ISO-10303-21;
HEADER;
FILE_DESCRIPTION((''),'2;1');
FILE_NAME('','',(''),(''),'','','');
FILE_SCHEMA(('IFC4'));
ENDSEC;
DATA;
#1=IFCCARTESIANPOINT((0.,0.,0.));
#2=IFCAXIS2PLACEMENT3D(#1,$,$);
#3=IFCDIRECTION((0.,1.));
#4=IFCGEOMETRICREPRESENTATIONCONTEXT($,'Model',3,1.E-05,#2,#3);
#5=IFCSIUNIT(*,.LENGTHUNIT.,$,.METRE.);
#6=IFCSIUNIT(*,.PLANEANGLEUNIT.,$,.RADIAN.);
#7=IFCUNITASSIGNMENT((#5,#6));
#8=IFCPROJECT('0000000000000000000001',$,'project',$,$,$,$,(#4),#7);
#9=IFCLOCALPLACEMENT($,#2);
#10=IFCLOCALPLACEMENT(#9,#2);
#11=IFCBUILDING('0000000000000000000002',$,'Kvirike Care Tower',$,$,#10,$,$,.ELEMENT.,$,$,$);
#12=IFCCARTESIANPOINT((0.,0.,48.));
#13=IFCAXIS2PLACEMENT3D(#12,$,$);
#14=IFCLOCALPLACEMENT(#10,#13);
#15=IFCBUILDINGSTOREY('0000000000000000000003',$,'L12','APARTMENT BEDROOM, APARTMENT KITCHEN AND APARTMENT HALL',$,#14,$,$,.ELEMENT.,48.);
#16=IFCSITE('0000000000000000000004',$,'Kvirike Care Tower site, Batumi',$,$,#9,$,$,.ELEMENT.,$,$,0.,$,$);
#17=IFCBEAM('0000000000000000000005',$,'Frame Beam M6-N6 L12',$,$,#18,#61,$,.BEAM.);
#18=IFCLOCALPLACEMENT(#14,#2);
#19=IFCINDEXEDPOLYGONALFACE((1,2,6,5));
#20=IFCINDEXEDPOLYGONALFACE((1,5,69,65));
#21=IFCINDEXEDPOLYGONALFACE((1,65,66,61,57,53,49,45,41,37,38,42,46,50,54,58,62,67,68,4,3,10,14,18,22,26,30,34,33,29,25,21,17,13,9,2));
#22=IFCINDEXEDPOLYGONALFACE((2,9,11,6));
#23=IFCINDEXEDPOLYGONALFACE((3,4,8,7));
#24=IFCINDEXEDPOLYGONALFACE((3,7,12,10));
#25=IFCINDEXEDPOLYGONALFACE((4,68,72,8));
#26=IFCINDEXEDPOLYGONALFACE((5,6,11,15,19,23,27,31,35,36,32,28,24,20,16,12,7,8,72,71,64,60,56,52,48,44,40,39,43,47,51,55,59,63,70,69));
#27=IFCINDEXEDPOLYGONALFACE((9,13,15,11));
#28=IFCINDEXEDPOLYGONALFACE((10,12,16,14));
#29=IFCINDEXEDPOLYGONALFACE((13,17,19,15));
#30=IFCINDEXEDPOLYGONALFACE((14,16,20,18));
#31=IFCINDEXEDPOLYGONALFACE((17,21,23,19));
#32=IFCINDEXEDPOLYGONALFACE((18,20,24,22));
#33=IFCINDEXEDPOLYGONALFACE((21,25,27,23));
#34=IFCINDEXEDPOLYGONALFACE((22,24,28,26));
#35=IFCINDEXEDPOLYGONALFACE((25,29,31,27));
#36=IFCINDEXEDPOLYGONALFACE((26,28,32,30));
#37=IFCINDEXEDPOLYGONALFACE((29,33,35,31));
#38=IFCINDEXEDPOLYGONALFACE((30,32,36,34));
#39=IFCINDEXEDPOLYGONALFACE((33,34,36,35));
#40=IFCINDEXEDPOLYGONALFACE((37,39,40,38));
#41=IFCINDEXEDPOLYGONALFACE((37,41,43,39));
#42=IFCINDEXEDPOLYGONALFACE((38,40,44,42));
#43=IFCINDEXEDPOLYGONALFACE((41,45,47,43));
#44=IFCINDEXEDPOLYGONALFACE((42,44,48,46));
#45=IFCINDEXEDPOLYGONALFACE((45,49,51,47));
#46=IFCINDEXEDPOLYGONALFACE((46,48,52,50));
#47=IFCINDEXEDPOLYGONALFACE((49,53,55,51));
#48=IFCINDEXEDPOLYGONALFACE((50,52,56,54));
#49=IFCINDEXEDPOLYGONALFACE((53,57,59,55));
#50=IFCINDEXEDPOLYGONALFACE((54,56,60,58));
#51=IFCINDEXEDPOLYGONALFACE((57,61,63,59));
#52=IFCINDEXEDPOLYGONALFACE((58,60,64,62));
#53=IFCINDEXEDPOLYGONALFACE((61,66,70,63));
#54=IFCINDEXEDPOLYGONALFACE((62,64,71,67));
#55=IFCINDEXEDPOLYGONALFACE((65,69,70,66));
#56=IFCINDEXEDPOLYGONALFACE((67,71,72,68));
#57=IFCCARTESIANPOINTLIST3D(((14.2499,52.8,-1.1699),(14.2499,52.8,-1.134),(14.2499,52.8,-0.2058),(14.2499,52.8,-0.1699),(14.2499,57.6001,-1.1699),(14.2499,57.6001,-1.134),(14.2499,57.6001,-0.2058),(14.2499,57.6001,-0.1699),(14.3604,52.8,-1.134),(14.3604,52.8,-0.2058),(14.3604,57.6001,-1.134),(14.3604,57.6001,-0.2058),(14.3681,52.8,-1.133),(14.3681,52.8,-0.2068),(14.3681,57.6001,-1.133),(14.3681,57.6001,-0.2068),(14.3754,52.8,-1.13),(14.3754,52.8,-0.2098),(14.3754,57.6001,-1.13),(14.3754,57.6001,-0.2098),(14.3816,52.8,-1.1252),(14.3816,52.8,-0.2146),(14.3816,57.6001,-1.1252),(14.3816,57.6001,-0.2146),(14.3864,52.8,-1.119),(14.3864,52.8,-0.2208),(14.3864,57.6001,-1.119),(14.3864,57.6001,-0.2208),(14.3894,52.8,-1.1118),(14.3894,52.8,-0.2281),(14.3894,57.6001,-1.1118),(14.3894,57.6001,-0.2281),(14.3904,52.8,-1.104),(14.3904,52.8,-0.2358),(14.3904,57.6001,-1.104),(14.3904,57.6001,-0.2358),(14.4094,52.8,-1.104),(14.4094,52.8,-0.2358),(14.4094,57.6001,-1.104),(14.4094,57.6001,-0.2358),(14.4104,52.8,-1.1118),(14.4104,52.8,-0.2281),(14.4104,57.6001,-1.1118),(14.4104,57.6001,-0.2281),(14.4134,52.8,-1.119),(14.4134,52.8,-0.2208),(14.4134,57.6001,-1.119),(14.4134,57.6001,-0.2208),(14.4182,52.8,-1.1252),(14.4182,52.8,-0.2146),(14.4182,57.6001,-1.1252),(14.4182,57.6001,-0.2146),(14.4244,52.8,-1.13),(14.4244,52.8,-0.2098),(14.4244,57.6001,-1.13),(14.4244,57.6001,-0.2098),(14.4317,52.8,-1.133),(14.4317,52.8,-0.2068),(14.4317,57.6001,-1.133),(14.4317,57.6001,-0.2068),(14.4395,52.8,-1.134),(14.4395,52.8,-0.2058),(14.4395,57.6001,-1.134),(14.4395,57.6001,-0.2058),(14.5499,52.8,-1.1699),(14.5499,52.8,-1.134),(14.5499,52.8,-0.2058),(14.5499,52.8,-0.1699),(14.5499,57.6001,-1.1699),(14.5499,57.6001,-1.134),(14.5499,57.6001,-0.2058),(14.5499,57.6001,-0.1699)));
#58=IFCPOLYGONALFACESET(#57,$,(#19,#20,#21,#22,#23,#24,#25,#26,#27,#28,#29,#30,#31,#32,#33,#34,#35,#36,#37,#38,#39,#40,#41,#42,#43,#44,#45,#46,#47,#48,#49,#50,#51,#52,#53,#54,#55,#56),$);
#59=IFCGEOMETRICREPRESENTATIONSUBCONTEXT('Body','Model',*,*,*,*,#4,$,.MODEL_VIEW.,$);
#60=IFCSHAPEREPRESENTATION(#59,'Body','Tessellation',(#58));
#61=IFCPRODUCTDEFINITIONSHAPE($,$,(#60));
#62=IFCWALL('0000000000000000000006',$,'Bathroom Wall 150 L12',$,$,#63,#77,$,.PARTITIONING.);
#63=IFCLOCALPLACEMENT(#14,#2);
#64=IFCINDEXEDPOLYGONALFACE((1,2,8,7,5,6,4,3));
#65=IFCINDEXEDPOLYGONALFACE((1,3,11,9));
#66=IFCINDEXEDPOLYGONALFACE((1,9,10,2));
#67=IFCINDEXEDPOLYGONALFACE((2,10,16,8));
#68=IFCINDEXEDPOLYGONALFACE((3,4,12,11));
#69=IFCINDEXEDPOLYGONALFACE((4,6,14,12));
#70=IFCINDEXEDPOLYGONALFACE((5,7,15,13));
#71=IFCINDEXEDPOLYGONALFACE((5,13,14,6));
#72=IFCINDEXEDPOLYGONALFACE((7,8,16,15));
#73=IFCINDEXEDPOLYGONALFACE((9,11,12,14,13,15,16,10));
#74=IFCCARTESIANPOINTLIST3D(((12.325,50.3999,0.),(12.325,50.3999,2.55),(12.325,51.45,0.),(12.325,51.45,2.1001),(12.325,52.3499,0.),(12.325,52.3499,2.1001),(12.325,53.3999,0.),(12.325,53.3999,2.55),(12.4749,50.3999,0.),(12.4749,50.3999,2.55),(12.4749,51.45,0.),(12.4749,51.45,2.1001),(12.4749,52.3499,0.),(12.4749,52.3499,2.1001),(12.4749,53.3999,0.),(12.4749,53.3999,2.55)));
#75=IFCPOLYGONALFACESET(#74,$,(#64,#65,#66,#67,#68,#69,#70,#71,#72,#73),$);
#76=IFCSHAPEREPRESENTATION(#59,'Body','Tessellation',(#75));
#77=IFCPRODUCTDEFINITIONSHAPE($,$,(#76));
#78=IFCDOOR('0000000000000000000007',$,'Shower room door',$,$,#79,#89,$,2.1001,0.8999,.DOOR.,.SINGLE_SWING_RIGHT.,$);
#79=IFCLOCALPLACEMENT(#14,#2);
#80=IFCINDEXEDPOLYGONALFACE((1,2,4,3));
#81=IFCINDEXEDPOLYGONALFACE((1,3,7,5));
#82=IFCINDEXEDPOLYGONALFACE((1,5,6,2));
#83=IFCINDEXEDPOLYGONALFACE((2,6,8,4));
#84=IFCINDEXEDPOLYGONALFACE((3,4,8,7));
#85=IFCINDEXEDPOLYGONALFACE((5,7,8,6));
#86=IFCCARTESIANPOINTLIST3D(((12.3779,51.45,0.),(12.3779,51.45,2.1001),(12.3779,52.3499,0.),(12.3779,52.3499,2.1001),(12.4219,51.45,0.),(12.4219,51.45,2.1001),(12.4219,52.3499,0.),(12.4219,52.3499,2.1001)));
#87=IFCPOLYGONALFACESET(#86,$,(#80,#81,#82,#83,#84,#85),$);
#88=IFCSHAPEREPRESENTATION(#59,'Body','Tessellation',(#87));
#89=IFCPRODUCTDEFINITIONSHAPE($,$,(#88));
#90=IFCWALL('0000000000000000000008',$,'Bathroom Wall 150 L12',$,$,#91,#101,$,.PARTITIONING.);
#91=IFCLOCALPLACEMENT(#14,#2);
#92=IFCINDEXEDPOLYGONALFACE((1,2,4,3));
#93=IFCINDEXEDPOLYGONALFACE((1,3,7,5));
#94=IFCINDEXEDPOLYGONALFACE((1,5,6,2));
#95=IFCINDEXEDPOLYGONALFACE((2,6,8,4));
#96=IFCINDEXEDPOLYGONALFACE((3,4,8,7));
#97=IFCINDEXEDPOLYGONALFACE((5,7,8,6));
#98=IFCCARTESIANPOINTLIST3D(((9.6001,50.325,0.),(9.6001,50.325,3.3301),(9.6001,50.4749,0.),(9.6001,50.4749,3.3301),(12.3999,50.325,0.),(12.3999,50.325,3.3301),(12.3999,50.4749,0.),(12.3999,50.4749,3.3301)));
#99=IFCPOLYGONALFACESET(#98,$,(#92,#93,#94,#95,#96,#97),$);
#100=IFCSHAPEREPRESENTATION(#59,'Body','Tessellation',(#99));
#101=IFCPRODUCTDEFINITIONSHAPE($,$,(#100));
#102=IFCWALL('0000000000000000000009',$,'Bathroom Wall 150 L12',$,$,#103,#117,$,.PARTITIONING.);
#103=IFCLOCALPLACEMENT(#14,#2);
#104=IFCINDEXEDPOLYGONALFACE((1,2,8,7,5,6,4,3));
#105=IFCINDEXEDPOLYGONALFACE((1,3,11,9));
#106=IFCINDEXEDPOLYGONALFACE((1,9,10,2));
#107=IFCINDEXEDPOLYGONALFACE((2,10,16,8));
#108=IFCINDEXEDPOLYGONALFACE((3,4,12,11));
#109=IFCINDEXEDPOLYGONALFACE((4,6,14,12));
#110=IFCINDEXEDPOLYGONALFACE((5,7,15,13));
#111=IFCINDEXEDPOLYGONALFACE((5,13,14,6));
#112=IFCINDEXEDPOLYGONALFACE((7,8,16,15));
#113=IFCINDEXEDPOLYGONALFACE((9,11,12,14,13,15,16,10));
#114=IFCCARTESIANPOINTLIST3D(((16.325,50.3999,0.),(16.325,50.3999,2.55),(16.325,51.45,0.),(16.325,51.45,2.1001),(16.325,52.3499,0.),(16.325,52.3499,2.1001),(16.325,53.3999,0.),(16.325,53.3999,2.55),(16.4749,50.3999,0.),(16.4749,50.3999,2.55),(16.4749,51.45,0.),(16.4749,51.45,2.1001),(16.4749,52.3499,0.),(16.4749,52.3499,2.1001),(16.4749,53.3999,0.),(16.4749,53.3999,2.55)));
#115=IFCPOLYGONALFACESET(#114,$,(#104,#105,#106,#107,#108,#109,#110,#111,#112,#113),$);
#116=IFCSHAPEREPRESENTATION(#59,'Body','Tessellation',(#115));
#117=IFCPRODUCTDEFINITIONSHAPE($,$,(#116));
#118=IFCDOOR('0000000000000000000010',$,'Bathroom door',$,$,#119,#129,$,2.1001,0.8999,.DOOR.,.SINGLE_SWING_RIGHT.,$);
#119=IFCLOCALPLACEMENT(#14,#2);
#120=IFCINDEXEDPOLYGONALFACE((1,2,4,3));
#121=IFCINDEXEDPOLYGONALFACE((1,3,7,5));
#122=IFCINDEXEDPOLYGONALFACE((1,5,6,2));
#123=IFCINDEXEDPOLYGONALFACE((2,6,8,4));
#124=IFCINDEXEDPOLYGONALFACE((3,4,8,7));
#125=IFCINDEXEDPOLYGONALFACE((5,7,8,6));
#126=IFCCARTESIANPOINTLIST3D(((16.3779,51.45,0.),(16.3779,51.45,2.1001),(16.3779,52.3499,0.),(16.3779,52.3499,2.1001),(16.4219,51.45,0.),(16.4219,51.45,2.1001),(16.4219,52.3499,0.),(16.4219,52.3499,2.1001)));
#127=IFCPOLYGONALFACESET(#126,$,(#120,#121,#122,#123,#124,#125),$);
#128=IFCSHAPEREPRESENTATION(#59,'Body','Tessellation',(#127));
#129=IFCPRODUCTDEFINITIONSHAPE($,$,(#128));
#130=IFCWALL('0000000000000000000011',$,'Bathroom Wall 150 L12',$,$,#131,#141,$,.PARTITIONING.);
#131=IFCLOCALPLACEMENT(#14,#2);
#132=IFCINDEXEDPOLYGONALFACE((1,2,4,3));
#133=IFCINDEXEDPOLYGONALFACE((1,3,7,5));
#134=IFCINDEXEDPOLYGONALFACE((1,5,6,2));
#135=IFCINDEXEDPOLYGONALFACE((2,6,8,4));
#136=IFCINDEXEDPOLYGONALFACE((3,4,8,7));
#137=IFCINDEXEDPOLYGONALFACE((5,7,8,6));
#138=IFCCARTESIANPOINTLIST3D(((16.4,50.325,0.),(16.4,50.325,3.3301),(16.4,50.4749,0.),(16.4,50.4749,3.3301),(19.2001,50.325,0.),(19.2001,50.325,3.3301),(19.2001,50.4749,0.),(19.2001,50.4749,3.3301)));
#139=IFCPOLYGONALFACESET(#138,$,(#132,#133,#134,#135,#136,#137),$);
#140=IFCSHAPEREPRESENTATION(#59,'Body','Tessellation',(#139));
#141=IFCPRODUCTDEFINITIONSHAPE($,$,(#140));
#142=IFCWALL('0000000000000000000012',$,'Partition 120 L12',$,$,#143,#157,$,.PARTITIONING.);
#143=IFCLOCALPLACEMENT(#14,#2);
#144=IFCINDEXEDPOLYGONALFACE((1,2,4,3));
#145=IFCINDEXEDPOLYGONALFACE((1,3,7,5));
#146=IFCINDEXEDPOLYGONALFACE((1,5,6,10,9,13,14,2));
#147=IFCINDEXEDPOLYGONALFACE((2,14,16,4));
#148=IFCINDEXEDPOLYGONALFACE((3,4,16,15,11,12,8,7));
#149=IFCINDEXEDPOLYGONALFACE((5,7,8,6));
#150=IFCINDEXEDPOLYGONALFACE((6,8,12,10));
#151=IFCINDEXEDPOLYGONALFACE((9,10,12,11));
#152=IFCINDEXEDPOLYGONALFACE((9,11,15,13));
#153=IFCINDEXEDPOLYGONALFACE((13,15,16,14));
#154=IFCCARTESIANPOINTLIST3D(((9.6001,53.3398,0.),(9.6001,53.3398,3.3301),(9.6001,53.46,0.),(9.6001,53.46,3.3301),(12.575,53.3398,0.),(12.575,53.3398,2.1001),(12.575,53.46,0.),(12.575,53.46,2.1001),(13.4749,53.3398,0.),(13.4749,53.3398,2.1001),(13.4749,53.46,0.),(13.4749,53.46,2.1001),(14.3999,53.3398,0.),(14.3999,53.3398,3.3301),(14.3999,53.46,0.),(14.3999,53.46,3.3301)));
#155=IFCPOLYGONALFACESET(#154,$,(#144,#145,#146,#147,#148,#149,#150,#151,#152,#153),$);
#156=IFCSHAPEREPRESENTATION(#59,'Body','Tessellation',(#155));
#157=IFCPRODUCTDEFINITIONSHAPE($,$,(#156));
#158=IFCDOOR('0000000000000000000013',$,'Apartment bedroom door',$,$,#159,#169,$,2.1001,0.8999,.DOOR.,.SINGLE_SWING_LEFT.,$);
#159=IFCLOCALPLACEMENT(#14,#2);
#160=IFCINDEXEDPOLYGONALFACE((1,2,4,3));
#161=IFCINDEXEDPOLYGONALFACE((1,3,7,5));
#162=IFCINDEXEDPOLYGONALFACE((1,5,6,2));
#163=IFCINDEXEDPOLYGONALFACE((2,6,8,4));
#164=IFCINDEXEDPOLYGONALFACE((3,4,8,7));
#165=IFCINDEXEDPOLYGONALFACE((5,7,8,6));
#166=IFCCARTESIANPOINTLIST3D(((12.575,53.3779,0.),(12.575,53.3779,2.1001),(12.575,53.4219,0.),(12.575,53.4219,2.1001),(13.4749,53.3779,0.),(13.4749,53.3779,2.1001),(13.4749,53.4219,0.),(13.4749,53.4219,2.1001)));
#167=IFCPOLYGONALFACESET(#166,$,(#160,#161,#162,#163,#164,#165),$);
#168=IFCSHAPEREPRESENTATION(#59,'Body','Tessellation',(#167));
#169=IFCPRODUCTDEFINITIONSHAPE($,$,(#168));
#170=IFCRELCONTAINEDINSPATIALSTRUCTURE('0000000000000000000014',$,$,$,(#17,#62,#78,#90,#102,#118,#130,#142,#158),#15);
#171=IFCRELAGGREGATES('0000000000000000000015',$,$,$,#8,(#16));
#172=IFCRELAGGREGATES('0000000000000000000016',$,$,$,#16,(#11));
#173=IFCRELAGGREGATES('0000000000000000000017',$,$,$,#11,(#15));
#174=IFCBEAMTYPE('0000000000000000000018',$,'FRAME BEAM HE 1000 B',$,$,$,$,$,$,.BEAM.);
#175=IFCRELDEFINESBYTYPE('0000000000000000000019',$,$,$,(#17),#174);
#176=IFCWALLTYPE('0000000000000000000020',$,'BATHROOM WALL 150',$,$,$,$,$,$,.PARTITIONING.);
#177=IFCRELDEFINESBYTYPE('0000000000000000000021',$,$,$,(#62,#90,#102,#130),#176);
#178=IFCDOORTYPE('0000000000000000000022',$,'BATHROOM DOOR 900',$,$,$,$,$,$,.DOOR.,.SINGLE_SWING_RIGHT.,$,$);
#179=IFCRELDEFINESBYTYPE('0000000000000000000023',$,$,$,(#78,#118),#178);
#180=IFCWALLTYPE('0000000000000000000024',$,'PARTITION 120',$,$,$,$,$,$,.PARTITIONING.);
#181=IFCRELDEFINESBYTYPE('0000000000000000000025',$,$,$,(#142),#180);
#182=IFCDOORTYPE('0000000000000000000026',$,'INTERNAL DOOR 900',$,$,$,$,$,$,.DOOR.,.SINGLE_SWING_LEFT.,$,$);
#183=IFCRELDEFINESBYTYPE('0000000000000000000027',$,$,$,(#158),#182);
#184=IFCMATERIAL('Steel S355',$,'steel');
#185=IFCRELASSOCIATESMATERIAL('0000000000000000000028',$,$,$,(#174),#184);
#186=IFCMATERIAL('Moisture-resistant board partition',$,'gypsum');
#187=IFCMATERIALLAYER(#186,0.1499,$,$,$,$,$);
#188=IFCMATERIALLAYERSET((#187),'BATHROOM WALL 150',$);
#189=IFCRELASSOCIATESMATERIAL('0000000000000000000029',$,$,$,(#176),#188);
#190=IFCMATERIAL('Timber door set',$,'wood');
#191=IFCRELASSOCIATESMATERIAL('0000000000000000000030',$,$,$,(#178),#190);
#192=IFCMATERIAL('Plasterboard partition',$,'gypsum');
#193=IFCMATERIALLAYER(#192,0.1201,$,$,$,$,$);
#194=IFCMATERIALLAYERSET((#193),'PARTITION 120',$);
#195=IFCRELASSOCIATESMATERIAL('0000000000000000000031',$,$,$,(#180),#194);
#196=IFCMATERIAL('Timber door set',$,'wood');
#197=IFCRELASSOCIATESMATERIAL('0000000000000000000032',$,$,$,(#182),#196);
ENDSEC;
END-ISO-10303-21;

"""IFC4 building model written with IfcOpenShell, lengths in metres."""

from ifc_helpers import new_model, si_unit, direction, frame, frame_2d, origin, origin_2d, place, context, subcontext, project, spatial, rectangle, i_section, extrude, material, layer, layer_set, material_profile, profile_set, type_object, element, fill, save


model = new_model("IFC4")

# Units and contexts
model_context = context("Model", 3, precision=1e-05, world=origin(), true_north=direction((0.0, 1.0)))
body_context = subcontext(model_context, "Body", "Model", "MODEL_VIEW")
ifc_project = project(units=[si_unit("LENGTHUNIT", "METRE"), si_unit("PLANEANGLEUNIT", "RADIAN")], contexts=[model_context])

# Site, building, storey
site_placement = place(None, origin())
site = spatial("IfcSite", under=ifc_project, at=site_placement, Name="Kvirike Care Tower site, Batumi", CompositionType="ELEMENT", RefElevation=0.0)
building_placement = place(site_placement, origin())
building = spatial("IfcBuilding", under=site, at=building_placement, Name="Kvirike Care Tower", CompositionType="ELEMENT")
storey_placement = place(building_placement, frame((0.0, 0.0, 48.0)))
storey = spatial("IfcBuildingStorey", under=building, at=storey_placement, Name="L12", Description="APARTMENT BEDROOM, APARTMENT KITCHEN AND APARTMENT HALL", CompositionType="ELEMENT", Elevation=48.0)

# Beam
ifc_material_1 = material(Name="Steel S355", Category="steel")
ifc_material_profile_1 = material_profile(ifc_material_1, i_section(OverallWidth=0.3, OverallDepth=1.0, WebThickness=0.019, FlangeThickness=0.0359, FilletRadius=0.03, at=origin_2d()), Name="HE 1000 B")
ifc_profile_set_1 = profile_set([ifc_material_profile_1], Name="Steel S355")
beam_type_1 = type_object("IfcBeamType", Name="FRAME BEAM HE 1000 B", PredefinedType="BEAM", material=ifc_profile_set_1)
for number, where, z_axis, x_axis, name in (
    (1, (14.3999, 52.8, -0.6699), (0.0, 1.0, 0.0), (-1.0, 0.0, 0.0), "Frame Beam M6-N6 L12"),
):
    element("IfcBeam", number, at=place(storey_placement, frame(where, z_axis=z_axis, x_axis=x_axis)), inside=storey, type_object=beam_type_1, Name=name, PredefinedType="BEAM", context=body_context, shape_type="SweptSolid", body=[
        extrude(i_section(OverallWidth=0.3, OverallDepth=1.0, WebThickness=0.019, FlangeThickness=0.0359, FilletRadius=0.03, at=origin_2d()), origin(), (0.0, 0.0, 1.0), 4.8),
    ])

# Wall, opening, door
ifc_material_2 = material(Name="Moisture-resistant board partition", Category="gypsum")
ifc_layer_1 = layer(ifc_material_2, 0.1499)
ifc_layer_set_1 = layer_set([ifc_layer_1], Name="BATHROOM WALL 150")
wall_type_1 = type_object("IfcWallType", Name="BATHROOM WALL 150", PredefinedType="PARTITIONING", material=ifc_layer_set_1)
wall_1_placement = place(storey_placement, frame((12.3999, 53.3999, 0.0), z_axis=(0.0, 0.0, 1.0), x_axis=(0.0, -1.0, 0.0)))
wall_1 = element("IfcWall", 2, at=wall_1_placement, inside=storey, type_object=wall_type_1, Name="Bathroom Wall 150 L12", PredefinedType="PARTITIONING", context=body_context, shape_type="SweptSolid", body=[
    extrude(rectangle(XDim=3.0, YDim=0.1499, at=frame_2d((1.5, 0.0))), origin(), (0.0, 0.0, 1.0), 2.55),
])
opening_1_placement = place(wall_1_placement, frame((1.05, 0.0, 0.0)))
opening_1 = element("IfcOpeningElement", 3, at=opening_1_placement, cuts=wall_1, PredefinedType="OPENING", context=body_context, shape_type="SweptSolid", body=[
    extrude(rectangle(XDim=0.8999, YDim=2.1001, at=frame_2d((0.45, 1.05))), frame((0.0, 0.0854, 0.0), z_axis=(0.0, -1.0, 0.0), x_axis=(1.0, 0.0, 0.0)), (0.0, 0.0, 1.0), 0.1709),
])
ifc_material_3 = material(Name="Timber door set", Category="wood")
door_type_1 = type_object("IfcDoorType", Name="BATHROOM DOOR 900", OperationType="SINGLE_SWING_RIGHT", PredefinedType="DOOR", material=ifc_material_3)
door_1_placement = place(opening_1_placement, frame((0.8999, 0.0, 0.0), z_axis=(0.0, 0.0, 1.0), x_axis=(-1.0, 0.0, 0.0)))
door_1 = element("IfcDoor", 4, at=door_1_placement, inside=storey, type_object=door_type_1, Name="Shower room door", OperationType="SINGLE_SWING_RIGHT", OverallHeight=2.1001, OverallWidth=0.8999, PredefinedType="DOOR", context=body_context, shape_type="SweptSolid", body=[
    extrude(rectangle(XDim=0.8999, YDim=2.1001, at=frame_2d((0.45, 1.05))), frame((0.0, 0.022, 0.0), z_axis=(0.0, -1.0, 0.0), x_axis=(1.0, 0.0, 0.0)), (0.0, 0.0, 1.0), 0.0439),
])
fill(opening_1, door_1)

# Wall
wall_2_placement = place(storey_placement, frame((12.3999, 50.3999, 0.0), z_axis=(0.0, 0.0, 1.0), x_axis=(-1.0, 0.0, 0.0)))
element("IfcWall", 5, at=wall_2_placement, inside=storey, type_object=wall_type_1, Name="Bathroom Wall 150 L12", PredefinedType="PARTITIONING", context=body_context, shape_type="SweptSolid", body=[
    extrude(rectangle(XDim=2.7998, YDim=0.1499, at=frame_2d((1.3999, 0.0))), origin(), (0.0, 0.0, 1.0), 3.3301),
])

# Wall, opening, door
wall_3_placement = place(storey_placement, frame((16.3999, 53.3999, 0.0), z_axis=(0.0, 0.0, 1.0), x_axis=(0.0, -1.0, 0.0)))
wall_3 = element("IfcWall", 6, at=wall_3_placement, inside=storey, type_object=wall_type_1, Name="Bathroom Wall 150 L12", PredefinedType="PARTITIONING", context=body_context, shape_type="SweptSolid", body=[
    extrude(rectangle(XDim=3.0, YDim=0.1499, at=frame_2d((1.5, 0.0))), origin(), (0.0, 0.0, 1.0), 2.55),
])
opening_2_placement = place(wall_3_placement, frame((1.05, 0.0, 0.0)))
opening_2 = element("IfcOpeningElement", 7, at=opening_2_placement, cuts=wall_3, PredefinedType="OPENING", context=body_context, shape_type="SweptSolid", body=[
    extrude(rectangle(XDim=0.8999, YDim=2.1001, at=frame_2d((0.45, 1.05))), frame((0.0, 0.0854, 0.0), z_axis=(0.0, -1.0, 0.0), x_axis=(1.0, 0.0, 0.0)), (0.0, 0.0, 1.0), 0.1709),
])
door_2_placement = place(opening_2_placement, origin())
door_2 = element("IfcDoor", 8, at=door_2_placement, inside=storey, type_object=door_type_1, Name="Bathroom door", OperationType="SINGLE_SWING_RIGHT", OverallHeight=2.1001, OverallWidth=0.8999, PredefinedType="DOOR", context=body_context, shape_type="SweptSolid", body=[
    extrude(rectangle(XDim=0.8999, YDim=2.1001, at=frame_2d((0.45, 1.05))), frame((0.0, 0.022, 0.0), z_axis=(0.0, -1.0, 0.0), x_axis=(1.0, 0.0, 0.0)), (0.0, 0.0, 1.0), 0.0439),
])
fill(opening_2, door_2)

# Wall
wall_4_placement = place(storey_placement, frame((19.2, 50.3999, 0.0), z_axis=(0.0, 0.0, 1.0), x_axis=(-1.0, 0.0, 0.0)))
element("IfcWall", 9, at=wall_4_placement, inside=storey, type_object=wall_type_1, Name="Bathroom Wall 150 L12", PredefinedType="PARTITIONING", context=body_context, shape_type="SweptSolid", body=[
    extrude(rectangle(XDim=2.8, YDim=0.1499, at=frame_2d((1.3999, 0.0))), origin(), (0.0, 0.0, 1.0), 3.3301),
])

# Wall, opening, door
ifc_material_4 = material(Name="Plasterboard partition", Category="gypsum")
ifc_layer_2 = layer(ifc_material_4, 0.1201)
ifc_layer_set_2 = layer_set([ifc_layer_2], Name="PARTITION 120")
wall_type_2 = type_object("IfcWallType", Name="PARTITION 120", PredefinedType="PARTITIONING", material=ifc_layer_set_2)
wall_5_placement = place(storey_placement, frame((14.3999, 53.3999, 0.0), z_axis=(0.0, 0.0, 1.0), x_axis=(-1.0, 0.0, 0.0)))
wall_5 = element("IfcWall", 10, at=wall_5_placement, inside=storey, type_object=wall_type_2, Name="Partition 120 L12", PredefinedType="PARTITIONING", context=body_context, shape_type="SweptSolid", body=[
    extrude(rectangle(XDim=4.7998, YDim=0.1201, at=frame_2d((2.3999, 0.0))), origin(), (0.0, 0.0, 1.0), 3.3301),
])
opening_3_placement = place(wall_5_placement, frame((0.925, 0.0, 0.0)))
opening_3 = element("IfcOpeningElement", 11, at=opening_3_placement, cuts=wall_5, PredefinedType="OPENING", context=body_context, shape_type="SweptSolid", body=[
    extrude(rectangle(XDim=0.8999, YDim=2.1001, at=frame_2d((0.45, 1.05))), frame((0.0, 0.0706, 0.0), z_axis=(0.0, -1.0, 0.0), x_axis=(1.0, 0.0, 0.0)), (0.0, 0.0, 1.0), 0.1411),
])
ifc_material_5 = material(Name="Timber door set", Category="wood")
door_type_2 = type_object("IfcDoorType", Name="INTERNAL DOOR 900", OperationType="SINGLE_SWING_LEFT", PredefinedType="DOOR", material=ifc_material_5)
door_3_placement = place(opening_3_placement, frame((0.8999, 0.0, 0.0), z_axis=(0.0, 0.0, 1.0), x_axis=(-1.0, 0.0, 0.0)))
door_3 = element("IfcDoor", 12, at=door_3_placement, inside=storey, type_object=door_type_2, Name="Apartment bedroom door", OperationType="SINGLE_SWING_LEFT", OverallHeight=2.1001, OverallWidth=0.8999, PredefinedType="DOOR", context=body_context, shape_type="SweptSolid", body=[
    extrude(rectangle(XDim=0.8999, YDim=2.1001, at=frame_2d((0.45, 1.05))), frame((0.0, 0.022, 0.0), z_axis=(0.0, -1.0, 0.0), x_axis=(1.0, 0.0, 0.0)), (0.0, 0.0, 1.0), 0.0439),
])
fill(opening_3, door_3)

save(model, "model.ifc")
